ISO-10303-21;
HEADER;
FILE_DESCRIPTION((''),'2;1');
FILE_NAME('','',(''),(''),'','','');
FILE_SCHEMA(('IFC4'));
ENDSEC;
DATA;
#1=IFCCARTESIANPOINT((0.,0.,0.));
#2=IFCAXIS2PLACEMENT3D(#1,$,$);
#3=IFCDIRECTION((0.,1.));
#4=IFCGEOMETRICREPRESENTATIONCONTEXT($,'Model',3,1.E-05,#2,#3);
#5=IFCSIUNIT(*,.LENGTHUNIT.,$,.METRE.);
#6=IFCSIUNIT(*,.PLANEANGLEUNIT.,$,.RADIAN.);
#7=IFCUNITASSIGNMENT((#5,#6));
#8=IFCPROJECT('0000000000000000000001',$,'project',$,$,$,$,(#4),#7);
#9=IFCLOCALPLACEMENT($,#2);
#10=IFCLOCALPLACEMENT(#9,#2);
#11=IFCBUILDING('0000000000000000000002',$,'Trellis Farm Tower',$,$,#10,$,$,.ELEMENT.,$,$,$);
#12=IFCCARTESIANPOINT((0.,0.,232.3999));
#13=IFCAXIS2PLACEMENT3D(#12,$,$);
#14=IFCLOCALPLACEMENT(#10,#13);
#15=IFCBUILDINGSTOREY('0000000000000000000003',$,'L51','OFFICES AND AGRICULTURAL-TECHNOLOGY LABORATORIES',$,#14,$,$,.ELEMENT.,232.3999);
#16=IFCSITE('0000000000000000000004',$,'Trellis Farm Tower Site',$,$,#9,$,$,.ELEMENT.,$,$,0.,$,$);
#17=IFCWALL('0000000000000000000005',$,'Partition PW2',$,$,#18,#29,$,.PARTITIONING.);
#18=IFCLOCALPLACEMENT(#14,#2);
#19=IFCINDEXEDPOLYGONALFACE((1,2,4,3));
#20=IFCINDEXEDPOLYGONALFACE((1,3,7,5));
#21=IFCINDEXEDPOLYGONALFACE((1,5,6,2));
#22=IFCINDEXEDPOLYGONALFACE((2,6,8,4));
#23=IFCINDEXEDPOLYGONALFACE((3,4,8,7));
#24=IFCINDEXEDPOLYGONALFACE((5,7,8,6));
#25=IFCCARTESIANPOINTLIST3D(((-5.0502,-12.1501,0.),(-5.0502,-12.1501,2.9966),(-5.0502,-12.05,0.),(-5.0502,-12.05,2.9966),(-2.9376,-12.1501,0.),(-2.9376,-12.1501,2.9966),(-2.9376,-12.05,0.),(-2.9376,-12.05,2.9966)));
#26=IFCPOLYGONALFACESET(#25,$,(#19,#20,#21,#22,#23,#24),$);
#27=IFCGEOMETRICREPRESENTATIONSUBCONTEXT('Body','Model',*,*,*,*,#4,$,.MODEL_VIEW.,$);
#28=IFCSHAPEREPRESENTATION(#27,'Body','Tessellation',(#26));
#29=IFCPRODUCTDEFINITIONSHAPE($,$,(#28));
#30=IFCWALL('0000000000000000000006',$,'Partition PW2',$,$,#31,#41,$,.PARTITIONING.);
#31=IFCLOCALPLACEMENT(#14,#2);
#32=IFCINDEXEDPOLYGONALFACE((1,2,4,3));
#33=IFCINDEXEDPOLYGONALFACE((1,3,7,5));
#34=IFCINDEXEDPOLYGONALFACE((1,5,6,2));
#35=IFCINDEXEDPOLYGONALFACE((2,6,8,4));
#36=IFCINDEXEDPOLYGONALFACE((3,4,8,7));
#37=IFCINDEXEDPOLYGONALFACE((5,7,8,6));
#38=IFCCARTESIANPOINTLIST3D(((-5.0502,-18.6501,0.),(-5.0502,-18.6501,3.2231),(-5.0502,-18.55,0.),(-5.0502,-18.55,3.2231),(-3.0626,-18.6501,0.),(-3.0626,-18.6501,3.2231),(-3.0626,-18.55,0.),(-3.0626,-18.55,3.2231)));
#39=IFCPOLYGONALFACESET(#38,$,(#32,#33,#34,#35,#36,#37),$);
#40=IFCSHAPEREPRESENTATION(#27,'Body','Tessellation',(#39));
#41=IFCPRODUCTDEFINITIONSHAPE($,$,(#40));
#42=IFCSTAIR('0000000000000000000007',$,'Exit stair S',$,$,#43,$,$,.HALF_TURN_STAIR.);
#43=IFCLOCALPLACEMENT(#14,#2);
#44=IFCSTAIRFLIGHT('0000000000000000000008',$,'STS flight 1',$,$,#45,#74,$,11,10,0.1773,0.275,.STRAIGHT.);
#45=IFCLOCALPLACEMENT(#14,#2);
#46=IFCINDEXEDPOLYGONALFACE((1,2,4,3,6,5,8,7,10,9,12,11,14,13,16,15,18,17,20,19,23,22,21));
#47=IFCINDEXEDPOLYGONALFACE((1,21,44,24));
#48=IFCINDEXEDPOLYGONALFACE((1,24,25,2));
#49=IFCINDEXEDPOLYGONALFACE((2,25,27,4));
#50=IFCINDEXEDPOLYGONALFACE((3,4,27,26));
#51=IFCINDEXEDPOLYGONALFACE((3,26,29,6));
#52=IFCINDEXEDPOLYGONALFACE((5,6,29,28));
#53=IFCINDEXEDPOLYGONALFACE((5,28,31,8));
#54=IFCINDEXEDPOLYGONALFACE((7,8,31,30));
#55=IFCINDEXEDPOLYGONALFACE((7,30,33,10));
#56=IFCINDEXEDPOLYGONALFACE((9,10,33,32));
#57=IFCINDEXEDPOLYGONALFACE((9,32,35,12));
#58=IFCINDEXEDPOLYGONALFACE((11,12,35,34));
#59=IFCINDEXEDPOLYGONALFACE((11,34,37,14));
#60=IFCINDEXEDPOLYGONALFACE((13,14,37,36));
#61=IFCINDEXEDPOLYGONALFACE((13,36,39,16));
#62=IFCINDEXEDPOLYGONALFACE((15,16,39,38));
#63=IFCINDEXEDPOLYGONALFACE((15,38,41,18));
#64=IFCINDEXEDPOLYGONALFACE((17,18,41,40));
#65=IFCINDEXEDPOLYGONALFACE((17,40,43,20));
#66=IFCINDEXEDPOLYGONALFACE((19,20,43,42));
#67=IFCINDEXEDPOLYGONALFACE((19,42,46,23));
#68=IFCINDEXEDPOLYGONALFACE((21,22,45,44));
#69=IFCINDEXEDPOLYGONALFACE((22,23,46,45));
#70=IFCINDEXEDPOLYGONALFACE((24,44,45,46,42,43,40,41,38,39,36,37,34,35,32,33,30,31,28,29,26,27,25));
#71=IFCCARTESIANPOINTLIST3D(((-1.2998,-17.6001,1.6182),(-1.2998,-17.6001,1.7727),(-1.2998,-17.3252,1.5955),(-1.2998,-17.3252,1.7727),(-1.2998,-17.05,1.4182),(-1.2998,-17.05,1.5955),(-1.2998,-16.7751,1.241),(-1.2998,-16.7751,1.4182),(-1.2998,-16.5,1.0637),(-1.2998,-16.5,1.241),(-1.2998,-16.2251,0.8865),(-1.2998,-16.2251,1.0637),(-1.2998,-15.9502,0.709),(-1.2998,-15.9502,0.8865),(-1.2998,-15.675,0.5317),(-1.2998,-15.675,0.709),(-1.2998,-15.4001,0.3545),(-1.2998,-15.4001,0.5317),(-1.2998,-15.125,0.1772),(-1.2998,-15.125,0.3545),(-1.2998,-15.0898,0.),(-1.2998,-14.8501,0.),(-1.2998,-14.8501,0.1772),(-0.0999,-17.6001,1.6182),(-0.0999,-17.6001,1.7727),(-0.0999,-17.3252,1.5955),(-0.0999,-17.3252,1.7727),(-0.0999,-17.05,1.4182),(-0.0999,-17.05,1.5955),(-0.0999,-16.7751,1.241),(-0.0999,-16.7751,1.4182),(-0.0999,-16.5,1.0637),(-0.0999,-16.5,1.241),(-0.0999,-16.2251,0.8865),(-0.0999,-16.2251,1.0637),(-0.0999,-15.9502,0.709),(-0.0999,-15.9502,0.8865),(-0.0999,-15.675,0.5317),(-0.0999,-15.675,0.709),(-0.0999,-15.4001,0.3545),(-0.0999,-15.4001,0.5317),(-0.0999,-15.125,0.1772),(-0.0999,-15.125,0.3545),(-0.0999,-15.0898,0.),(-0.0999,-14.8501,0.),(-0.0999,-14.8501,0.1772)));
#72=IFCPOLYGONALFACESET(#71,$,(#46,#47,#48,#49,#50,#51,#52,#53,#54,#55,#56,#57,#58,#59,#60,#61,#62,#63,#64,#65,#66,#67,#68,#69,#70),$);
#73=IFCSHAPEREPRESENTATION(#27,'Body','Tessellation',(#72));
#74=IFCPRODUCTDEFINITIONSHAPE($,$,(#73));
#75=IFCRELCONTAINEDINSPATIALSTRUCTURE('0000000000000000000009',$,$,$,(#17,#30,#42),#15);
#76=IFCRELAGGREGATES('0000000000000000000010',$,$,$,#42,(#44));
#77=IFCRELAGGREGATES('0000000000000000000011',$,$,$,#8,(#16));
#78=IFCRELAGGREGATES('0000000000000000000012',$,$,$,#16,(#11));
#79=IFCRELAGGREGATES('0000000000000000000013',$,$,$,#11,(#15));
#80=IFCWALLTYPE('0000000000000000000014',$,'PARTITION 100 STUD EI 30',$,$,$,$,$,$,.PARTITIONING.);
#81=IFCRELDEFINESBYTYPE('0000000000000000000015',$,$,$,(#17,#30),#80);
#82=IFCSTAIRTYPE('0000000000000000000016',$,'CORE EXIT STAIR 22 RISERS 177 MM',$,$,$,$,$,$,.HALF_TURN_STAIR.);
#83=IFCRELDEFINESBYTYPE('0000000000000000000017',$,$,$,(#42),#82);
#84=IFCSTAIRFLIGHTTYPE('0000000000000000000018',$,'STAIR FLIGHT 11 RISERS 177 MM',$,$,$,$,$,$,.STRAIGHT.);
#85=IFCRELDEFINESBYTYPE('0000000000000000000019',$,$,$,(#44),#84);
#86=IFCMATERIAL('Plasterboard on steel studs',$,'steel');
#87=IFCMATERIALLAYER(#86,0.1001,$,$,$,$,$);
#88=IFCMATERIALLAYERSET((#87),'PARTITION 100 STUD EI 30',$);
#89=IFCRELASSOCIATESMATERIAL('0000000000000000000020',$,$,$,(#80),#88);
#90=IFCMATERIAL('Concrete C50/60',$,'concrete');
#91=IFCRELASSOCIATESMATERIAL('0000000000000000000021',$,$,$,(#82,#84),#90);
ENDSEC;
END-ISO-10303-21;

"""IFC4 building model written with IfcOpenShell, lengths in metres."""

from ifc_helpers import new_model, si_unit, direction, frame, frame_2d, origin, place, context, subcontext, project, spatial, polyline, rectangle, outline, extrude, source, transform, mapped, material, layer, layer_set, type_object, element, aggregate, save


model = new_model("IFC4")

# Units and contexts
model_context = context("Model", 3, precision=1e-05, world=origin(), true_north=direction((0.0, 1.0)))
body_context = subcontext(model_context, "Body", "Model", "MODEL_VIEW")
ifc_project = project(units=[si_unit("LENGTHUNIT", "METRE"), si_unit("PLANEANGLEUNIT", "RADIAN")], contexts=[model_context])

# Site, building, storey
site_placement = place(None, origin())
site = spatial("IfcSite", under=ifc_project, at=site_placement, Name="Trellis Farm Tower Site", CompositionType="ELEMENT", RefElevation=0.0)
building_placement = place(site_placement, origin())
building = spatial("IfcBuilding", under=site, at=building_placement, Name="Trellis Farm Tower", CompositionType="ELEMENT")
storey_placement = place(building_placement, frame((0.0, 0.0, 232.3999)))
storey = spatial("IfcBuildingStorey", under=building, at=storey_placement, Name="L51", Description="OFFICES AND AGRICULTURAL-TECHNOLOGY LABORATORIES", CompositionType="ELEMENT", Elevation=232.3999)

# Shared definitions
placement = place(storey_placement, origin())

# Walls
ifc_material_1 = material(Name="Plasterboard on steel studs", Category="steel")
ifc_layer_1 = layer(ifc_material_1, 0.1001)
ifc_layer_set_1 = layer_set([ifc_layer_1], Name="PARTITION 100 STUD EI 30")
wall_type_1 = type_object("IfcWallType", Name="PARTITION 100 STUD EI 30", PredefinedType="PARTITIONING", material=ifc_layer_set_1)
shared_shape_1 = source(origin(), body_context, "Body", "SweptSolid", [
    extrude(rectangle(XDim=2.1125, YDim=0.1001, at=frame_2d((1.0562, 0.0))), origin(), (0.0, 0.0, 1.0), 2.9966),
])
wall_1_placement = place(storey_placement, frame((-5.05, -12.1001, 0.0), z_axis=(0.0, 0.0, 1.0), x_axis=(1.0, 0.0, 0.0)))
element("IfcWall", 1, at=wall_1_placement, inside=storey, type_object=wall_type_1, Name="Partition PW2", PredefinedType="PARTITIONING", context=body_context, shape_type="MappedRepresentation", body=[
    mapped(shared_shape_1, transform((0.0, 0.0, 0.0))),
])
shared_shape_2 = source(origin(), body_context, "Body", "SweptSolid", [
    extrude(rectangle(XDim=1.9875, YDim=0.1001, at=frame_2d((0.9937, 0.0))), origin(), (0.0, 0.0, 1.0), 3.2231),
])
wall_2_placement = place(storey_placement, frame((-5.05, -18.6001, 0.0), z_axis=(0.0, 0.0, 1.0), x_axis=(1.0, 0.0, 0.0)))
element("IfcWall", 2, at=wall_2_placement, inside=storey, type_object=wall_type_1, Name="Partition PW2", PredefinedType="PARTITIONING", context=body_context, shape_type="MappedRepresentation", body=[
    mapped(shared_shape_2, transform((0.0, 0.0, 0.0))),
])

# Stair, stair flight
ifc_material_2 = material(Name="Concrete C50/60", Category="concrete")
stair_type = type_object("IfcStairType", Name="CORE EXIT STAIR 22 RISERS 177 MM", PredefinedType="HALF_TURN_STAIR", material=ifc_material_2)
stair = element("IfcStair", 3, at=placement, inside=storey, type_object=stair_type, Name="Exit stair S", PredefinedType="HALF_TURN_STAIR")
stair_flight_type = type_object("IfcStairFlightType", Name="STAIR FLIGHT 11 RISERS 177 MM", PredefinedType="STRAIGHT", material=ifc_material_2)
shared_shape_3 = source(origin(), body_context, "Body", "SweptSolid", [
    extrude(outline(polyline([(0.0, 0.0), (0.0, 0.1772), (0.2749, 0.1772), (0.2749, 0.3545), (0.55, 0.3545), (0.55, 0.5317), (0.825, 0.5317), (0.825, 0.709), (1.1001, 0.709), (1.1001, 0.8865), (1.375, 0.8865), (1.375, 1.0637), (1.6499, 1.0637), (1.6499, 1.241), (1.925, 1.241), (1.925, 1.4182), (2.2, 1.4182), (2.2, 1.5955), (2.4751, 1.5955), (2.4751, 1.7727), (2.75, 1.7727), (2.75, 1.95), (2.75, 1.6182), (0.2397, 0.0), (0.0, 0.0)])), frame((0.0, 0.6001, 0.0), z_axis=(0.0, -1.0, 0.0), x_axis=(1.0, 0.0, 0.0)), (0.0, 0.0, 1.0), 1.2),
])
stair_flight_placement = place(storey_placement, frame((-0.7, -14.8501, 0.0), z_axis=(0.0, 0.0, 1.0), x_axis=(0.0, -1.0, 0.0)))
stair_flight = element("IfcStairFlight", 4, at=stair_flight_placement, type_object=stair_flight_type, Name="STS flight 1", NumberOfRisers=11, NumberOfTreads=10, PredefinedType="STRAIGHT", RiserHeight=0.1773, TreadLength=0.275, context=body_context, shape_type="MappedRepresentation", body=[
    mapped(shared_shape_3, transform((0.0, 0.0, 0.0))),
])
aggregate(stair, [stair_flight])

save(model, "model.ifc")
